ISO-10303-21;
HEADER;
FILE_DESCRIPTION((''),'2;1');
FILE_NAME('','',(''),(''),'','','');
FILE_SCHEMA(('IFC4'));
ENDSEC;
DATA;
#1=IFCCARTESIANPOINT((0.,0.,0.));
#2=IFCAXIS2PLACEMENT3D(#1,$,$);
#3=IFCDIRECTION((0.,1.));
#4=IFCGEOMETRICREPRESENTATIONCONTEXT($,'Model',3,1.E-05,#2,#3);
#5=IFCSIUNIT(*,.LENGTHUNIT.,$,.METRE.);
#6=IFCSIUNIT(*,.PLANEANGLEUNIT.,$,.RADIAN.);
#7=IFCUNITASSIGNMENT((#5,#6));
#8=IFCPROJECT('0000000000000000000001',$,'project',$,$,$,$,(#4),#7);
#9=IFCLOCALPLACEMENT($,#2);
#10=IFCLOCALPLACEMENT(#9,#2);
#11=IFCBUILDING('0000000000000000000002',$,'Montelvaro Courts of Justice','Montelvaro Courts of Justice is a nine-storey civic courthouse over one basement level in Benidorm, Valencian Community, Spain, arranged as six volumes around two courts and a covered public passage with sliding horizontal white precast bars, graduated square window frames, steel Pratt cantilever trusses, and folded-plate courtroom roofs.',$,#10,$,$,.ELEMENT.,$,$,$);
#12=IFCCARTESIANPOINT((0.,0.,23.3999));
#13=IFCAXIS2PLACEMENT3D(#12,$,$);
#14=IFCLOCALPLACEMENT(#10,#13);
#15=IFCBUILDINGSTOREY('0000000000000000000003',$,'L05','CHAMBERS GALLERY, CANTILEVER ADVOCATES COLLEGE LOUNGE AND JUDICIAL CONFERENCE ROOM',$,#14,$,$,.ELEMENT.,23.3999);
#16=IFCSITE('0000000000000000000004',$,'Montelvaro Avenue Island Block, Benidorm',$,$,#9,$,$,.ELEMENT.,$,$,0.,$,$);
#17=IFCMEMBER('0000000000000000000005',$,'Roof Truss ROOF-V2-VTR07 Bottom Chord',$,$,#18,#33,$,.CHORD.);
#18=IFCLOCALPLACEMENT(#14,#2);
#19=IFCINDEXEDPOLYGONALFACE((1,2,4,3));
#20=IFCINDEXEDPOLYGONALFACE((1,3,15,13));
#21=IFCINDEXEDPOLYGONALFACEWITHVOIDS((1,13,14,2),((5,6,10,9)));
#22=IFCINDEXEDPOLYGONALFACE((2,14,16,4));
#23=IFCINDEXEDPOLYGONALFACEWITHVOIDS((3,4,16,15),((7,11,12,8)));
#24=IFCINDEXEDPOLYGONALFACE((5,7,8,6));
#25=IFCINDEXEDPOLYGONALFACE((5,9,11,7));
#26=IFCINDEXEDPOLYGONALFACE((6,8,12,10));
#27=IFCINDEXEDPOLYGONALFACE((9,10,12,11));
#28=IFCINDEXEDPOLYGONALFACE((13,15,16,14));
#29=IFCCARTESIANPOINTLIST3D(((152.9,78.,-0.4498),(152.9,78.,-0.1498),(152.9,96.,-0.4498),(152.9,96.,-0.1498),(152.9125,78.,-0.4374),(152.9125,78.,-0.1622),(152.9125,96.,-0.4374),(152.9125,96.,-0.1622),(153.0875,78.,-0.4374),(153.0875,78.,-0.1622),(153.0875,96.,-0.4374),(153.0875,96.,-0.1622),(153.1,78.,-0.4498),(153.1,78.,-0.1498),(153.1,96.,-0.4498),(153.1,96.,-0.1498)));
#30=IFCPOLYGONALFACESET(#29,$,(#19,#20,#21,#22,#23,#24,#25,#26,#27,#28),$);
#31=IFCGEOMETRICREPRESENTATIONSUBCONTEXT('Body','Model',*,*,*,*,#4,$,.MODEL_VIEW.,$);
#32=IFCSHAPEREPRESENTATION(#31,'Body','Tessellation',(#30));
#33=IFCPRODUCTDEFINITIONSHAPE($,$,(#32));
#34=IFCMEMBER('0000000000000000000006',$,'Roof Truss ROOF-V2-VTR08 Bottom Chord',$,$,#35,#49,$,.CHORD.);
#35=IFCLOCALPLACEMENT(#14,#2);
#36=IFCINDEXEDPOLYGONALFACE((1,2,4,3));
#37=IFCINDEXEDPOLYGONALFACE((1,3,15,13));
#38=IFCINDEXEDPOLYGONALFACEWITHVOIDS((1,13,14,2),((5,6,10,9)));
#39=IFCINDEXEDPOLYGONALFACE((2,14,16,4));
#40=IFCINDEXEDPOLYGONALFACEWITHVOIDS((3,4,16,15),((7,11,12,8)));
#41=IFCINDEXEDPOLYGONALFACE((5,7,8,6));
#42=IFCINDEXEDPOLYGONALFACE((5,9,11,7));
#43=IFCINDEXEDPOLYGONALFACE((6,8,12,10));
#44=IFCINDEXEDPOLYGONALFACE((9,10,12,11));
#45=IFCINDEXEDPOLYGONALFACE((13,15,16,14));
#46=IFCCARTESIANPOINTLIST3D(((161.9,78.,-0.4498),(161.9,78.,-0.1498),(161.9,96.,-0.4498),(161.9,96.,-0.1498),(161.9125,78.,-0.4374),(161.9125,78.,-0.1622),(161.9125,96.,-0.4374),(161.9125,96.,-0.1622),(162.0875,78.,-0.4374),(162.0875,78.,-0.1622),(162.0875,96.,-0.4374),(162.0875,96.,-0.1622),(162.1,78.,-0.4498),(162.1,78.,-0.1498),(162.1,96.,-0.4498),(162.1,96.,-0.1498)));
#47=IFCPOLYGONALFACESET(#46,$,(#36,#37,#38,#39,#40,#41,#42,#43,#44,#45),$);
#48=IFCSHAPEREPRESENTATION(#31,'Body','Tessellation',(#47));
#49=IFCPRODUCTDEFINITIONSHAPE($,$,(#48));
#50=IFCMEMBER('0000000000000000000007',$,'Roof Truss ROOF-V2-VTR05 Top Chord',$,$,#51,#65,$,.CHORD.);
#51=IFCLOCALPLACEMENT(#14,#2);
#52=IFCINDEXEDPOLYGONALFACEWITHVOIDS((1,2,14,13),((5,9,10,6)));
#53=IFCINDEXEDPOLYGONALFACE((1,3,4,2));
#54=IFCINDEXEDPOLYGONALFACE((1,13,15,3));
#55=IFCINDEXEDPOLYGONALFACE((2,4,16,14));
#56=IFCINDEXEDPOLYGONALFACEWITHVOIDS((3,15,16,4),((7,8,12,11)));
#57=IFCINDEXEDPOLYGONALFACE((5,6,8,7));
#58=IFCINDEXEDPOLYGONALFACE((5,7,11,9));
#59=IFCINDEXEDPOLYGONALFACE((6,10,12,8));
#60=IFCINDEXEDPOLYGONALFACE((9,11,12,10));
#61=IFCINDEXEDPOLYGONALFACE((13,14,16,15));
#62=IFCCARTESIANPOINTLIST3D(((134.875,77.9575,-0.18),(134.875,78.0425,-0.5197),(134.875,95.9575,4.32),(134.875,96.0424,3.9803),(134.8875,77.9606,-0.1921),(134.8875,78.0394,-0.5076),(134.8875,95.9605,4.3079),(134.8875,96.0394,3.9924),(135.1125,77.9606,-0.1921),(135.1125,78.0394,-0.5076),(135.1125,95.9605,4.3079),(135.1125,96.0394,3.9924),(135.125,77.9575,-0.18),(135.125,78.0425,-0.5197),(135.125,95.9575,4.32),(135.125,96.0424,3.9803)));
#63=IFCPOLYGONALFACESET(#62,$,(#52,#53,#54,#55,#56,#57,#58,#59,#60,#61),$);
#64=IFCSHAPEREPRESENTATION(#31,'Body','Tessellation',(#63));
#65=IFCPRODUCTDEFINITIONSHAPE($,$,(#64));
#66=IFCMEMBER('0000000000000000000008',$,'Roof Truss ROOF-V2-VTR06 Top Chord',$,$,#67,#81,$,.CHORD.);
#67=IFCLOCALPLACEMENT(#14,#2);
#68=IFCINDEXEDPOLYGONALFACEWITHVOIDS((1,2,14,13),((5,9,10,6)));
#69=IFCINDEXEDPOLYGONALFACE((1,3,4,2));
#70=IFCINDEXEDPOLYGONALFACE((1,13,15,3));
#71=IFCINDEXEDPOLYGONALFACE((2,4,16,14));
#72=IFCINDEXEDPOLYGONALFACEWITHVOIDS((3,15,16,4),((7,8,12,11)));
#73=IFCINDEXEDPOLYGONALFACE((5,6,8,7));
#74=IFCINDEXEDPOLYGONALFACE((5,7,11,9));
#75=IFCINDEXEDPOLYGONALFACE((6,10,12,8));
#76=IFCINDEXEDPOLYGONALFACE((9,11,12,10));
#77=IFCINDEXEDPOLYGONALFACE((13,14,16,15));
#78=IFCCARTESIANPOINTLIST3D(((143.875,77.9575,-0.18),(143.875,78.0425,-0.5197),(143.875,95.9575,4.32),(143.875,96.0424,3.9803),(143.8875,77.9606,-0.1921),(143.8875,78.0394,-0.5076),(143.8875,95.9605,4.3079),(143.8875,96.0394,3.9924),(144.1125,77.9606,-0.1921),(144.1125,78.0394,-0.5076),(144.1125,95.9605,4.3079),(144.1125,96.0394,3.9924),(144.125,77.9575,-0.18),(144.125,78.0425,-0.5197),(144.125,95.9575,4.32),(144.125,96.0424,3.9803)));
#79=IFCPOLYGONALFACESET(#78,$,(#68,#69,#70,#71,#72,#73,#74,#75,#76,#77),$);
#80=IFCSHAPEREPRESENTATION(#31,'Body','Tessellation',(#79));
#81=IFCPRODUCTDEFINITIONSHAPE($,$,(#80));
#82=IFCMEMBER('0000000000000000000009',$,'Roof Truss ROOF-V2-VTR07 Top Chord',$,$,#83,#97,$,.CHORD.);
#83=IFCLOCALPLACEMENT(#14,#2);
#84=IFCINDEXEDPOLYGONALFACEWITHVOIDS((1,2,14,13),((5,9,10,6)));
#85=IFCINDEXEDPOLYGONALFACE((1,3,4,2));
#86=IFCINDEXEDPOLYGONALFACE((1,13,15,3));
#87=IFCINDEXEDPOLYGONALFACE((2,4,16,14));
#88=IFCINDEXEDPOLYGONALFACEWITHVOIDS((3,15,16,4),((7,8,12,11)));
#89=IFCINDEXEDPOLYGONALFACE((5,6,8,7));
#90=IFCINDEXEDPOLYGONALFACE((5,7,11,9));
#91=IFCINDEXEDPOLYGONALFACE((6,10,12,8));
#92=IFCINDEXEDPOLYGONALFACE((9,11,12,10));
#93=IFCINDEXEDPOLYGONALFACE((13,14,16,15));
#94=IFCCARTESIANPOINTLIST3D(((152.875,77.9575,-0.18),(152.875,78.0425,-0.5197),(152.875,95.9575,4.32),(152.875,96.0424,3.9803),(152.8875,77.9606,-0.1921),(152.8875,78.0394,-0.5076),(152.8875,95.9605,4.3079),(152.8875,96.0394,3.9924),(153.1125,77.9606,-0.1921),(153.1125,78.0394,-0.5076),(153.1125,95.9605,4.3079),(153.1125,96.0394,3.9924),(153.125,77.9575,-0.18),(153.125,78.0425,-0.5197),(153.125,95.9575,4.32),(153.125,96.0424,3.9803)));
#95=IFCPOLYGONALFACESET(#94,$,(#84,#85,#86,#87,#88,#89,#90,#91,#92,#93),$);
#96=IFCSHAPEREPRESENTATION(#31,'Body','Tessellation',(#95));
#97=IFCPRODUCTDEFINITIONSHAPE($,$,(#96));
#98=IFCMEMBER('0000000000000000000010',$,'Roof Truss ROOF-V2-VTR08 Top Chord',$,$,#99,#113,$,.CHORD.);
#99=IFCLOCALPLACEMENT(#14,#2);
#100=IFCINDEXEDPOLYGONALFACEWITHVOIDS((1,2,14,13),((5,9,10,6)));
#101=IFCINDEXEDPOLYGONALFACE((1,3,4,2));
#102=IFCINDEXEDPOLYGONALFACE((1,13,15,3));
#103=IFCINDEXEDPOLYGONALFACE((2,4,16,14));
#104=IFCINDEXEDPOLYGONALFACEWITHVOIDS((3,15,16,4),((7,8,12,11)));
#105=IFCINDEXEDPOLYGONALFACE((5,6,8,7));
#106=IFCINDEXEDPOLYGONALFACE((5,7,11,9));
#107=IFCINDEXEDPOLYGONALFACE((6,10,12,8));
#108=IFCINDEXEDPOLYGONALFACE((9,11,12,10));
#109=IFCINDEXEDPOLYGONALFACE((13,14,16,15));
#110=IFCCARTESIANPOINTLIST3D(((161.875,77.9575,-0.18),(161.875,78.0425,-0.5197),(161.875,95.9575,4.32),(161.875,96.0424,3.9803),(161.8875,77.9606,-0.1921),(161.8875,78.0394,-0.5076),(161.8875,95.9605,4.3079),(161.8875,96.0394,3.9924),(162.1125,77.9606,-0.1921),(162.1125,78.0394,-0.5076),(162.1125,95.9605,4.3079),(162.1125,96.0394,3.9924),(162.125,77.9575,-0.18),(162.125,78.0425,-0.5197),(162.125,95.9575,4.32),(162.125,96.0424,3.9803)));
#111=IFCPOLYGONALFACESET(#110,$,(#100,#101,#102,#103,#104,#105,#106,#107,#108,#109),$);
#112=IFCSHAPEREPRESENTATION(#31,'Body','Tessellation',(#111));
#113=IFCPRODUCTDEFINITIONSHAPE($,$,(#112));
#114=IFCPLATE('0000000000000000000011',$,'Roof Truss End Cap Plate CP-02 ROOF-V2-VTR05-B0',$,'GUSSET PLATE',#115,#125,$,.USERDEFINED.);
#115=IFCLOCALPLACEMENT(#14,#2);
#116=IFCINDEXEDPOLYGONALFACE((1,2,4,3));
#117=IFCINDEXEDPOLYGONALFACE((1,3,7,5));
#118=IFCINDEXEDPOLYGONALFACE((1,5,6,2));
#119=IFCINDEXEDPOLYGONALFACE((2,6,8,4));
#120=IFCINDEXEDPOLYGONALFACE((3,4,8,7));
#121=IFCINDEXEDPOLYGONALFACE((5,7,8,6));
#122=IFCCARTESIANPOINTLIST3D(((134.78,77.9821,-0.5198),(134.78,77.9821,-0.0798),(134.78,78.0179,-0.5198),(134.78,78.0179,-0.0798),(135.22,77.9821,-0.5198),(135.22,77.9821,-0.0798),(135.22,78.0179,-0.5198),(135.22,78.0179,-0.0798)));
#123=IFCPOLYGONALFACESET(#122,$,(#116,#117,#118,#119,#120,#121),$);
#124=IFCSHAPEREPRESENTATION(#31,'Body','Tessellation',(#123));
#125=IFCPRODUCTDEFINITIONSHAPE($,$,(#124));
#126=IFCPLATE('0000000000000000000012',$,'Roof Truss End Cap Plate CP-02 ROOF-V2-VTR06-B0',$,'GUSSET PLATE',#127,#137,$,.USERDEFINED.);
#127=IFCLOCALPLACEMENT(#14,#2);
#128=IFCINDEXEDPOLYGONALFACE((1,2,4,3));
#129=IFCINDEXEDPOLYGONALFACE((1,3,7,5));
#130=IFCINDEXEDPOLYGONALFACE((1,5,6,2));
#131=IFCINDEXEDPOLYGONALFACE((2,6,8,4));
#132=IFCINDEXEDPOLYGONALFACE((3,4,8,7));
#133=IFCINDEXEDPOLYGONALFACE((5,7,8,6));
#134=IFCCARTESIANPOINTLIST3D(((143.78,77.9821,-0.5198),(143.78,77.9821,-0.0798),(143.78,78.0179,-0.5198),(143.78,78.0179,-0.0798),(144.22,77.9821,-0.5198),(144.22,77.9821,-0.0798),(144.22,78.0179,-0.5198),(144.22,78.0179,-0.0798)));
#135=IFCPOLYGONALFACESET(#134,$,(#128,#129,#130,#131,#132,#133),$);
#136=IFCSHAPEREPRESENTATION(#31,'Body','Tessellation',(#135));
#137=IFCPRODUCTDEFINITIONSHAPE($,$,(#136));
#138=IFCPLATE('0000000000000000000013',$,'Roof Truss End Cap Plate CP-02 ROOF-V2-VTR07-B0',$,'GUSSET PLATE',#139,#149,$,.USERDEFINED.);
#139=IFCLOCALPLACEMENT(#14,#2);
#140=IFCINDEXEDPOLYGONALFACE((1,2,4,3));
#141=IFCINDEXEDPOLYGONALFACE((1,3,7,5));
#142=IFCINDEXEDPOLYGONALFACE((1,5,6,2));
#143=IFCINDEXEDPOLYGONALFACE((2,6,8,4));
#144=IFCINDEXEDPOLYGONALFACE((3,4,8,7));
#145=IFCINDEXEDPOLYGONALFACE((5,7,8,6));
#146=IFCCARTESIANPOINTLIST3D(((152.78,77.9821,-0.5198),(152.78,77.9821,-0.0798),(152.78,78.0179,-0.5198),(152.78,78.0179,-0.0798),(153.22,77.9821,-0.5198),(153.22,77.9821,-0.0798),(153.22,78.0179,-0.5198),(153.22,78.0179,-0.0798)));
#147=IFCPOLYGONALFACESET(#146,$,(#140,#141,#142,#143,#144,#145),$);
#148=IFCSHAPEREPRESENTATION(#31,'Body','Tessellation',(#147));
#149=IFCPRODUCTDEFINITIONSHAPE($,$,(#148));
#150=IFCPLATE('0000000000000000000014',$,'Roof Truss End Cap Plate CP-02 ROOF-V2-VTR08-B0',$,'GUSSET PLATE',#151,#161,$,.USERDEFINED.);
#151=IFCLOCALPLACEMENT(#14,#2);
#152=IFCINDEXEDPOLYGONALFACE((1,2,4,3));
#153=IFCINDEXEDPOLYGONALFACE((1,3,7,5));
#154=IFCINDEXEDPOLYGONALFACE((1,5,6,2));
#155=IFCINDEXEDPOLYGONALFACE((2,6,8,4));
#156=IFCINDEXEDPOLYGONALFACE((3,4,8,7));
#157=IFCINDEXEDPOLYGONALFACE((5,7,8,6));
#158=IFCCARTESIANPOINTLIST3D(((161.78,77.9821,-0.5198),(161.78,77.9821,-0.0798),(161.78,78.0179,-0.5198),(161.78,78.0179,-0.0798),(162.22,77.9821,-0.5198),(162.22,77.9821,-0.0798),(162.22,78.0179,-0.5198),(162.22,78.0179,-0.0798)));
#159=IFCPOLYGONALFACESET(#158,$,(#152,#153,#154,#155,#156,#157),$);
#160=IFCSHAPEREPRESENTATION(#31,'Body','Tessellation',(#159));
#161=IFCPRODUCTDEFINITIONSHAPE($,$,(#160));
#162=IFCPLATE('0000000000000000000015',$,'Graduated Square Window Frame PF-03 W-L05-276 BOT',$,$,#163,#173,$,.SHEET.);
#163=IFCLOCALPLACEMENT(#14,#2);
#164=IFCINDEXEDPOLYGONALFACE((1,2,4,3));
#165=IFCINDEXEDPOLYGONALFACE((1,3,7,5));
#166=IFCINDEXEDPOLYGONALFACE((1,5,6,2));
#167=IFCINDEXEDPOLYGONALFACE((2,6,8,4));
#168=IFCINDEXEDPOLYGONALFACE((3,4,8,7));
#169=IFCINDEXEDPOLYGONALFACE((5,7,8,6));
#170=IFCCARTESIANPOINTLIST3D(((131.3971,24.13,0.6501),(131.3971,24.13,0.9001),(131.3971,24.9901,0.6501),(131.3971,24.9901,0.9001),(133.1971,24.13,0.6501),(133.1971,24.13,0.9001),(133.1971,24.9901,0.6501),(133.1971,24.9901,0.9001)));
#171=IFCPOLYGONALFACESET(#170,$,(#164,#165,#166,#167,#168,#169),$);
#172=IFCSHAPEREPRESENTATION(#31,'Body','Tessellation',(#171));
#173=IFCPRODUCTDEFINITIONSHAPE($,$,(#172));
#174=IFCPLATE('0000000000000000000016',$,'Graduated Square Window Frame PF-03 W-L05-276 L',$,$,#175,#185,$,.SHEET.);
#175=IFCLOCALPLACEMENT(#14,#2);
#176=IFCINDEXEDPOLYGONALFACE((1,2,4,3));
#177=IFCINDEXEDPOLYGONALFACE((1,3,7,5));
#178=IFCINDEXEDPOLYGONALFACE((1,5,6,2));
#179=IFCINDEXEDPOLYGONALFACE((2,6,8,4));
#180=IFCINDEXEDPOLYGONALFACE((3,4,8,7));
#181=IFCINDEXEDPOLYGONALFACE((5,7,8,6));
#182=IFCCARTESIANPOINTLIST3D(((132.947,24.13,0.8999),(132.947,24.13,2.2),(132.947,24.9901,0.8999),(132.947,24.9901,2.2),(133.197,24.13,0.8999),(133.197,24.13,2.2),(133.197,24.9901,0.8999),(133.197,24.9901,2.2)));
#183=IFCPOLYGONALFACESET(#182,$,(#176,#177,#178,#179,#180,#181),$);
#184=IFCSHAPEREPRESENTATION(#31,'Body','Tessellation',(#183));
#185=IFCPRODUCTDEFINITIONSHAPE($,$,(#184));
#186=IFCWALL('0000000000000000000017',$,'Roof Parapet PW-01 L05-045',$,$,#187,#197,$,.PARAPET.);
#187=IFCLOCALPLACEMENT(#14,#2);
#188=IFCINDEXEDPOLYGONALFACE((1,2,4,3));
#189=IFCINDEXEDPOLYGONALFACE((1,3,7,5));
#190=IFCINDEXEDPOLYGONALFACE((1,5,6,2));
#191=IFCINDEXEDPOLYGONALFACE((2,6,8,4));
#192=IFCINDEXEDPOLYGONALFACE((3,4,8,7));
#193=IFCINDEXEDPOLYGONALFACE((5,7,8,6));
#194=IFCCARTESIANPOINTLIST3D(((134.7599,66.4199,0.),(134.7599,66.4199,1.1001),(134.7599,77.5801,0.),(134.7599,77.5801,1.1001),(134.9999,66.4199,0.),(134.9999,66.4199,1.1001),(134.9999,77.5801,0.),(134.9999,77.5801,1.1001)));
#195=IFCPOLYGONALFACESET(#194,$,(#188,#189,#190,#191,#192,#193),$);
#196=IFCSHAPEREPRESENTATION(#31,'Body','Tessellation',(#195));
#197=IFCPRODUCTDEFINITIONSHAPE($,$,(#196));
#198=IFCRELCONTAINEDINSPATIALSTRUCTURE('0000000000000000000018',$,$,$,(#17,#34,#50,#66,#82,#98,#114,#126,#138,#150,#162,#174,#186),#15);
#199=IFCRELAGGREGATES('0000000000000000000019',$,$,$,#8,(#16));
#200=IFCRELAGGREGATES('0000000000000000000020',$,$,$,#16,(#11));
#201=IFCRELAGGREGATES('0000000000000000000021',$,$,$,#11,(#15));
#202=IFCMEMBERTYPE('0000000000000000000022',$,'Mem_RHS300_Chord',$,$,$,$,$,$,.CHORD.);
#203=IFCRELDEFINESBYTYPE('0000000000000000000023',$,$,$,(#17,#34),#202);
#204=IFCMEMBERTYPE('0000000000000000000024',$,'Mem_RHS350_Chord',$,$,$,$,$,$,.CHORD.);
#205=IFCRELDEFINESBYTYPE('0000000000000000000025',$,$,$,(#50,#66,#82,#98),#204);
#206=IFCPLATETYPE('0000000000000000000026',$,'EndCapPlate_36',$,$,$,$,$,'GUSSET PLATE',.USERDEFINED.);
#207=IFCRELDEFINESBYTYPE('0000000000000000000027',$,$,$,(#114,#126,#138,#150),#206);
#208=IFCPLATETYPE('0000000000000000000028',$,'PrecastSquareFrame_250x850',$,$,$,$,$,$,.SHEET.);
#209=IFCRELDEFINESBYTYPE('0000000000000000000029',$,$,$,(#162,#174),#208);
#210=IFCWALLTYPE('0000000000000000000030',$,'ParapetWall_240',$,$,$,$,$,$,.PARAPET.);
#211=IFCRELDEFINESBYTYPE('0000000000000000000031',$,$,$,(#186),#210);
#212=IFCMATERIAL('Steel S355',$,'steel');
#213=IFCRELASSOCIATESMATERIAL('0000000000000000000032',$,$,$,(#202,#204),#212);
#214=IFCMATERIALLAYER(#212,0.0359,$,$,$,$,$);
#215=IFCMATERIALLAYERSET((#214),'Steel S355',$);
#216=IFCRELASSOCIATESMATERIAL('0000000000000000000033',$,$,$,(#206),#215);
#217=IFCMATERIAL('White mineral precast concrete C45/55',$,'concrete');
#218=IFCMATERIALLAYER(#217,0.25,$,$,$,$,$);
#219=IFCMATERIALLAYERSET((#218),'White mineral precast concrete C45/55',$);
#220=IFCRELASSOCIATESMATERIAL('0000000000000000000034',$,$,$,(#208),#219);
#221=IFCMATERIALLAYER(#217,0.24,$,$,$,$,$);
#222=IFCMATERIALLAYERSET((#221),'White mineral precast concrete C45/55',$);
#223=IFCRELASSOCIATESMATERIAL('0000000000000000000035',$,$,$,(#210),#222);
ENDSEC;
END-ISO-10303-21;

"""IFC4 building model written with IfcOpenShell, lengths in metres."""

from ifc_helpers import new_model, si_unit, direction, frame, frame_2d, origin, origin_2d, place, context, subcontext, project, spatial, rectangle, hollow_rectangle, extrude, material, layer, layer_set, material_profile, profile_set, type_object, element, save


model = new_model("IFC4")

# Units and contexts
model_context = context("Model", 3, precision=1e-05, world=origin(), true_north=direction((0.0, 1.0)))
body_context = subcontext(model_context, "Body", "Model", "MODEL_VIEW")
ifc_project = project(units=[si_unit("LENGTHUNIT", "METRE"), si_unit("PLANEANGLEUNIT", "RADIAN")], contexts=[model_context])

# Site, building, storey
site_placement = place(None, origin())
site = spatial("IfcSite", under=ifc_project, at=site_placement, Name="Montelvaro Avenue Island Block, Benidorm", CompositionType="ELEMENT", RefElevation=0.0)
building_placement = place(site_placement, origin())
building = spatial("IfcBuilding", under=site, at=building_placement, Name="Montelvaro Courts of Justice", Description="Montelvaro Courts of Justice is a nine-storey civic courthouse over one basement level in Benidorm, Valencian Community, Spain, arranged as six volumes around two courts and a covered public passage with sliding horizontal white precast bars, graduated square window frames, steel Pratt cantilever trusses, and folded-plate courtroom roofs.", CompositionType="ELEMENT")
storey_placement = place(building_placement, frame((0.0, 0.0, 23.3999)))
storey = spatial("IfcBuildingStorey", under=building, at=storey_placement, Name="L05", Description="CHAMBERS GALLERY, CANTILEVER ADVOCATES COLLEGE LOUNGE AND JUDICIAL CONFERENCE ROOM", CompositionType="ELEMENT", Elevation=23.3999)

# Members
ifc_material_1 = material(Name="Steel S355", Category="steel")
ifc_material_profile_1 = material_profile(ifc_material_1, hollow_rectangle(XDim=0.2, YDim=0.3, WallThickness=0.0125, at=origin_2d()), Name="RHS 300x200x12.5")
ifc_profile_set_1 = profile_set([ifc_material_profile_1], Name="Steel S355")
member_type_1 = type_object("IfcMemberType", Name="Mem_RHS300_Chord", PredefinedType="CHORD", material=ifc_profile_set_1)
for number, where, z_axis, x_axis, name in (
    (1, (153.0, 78.0, -0.2998), (0.0, 1.0, 0.0), (-1.0, 0.0, 0.0), "Roof Truss ROOF-V2-VTR07 Bottom Chord"),
    (2, (162.0, 78.0, -0.2998), (0.0, 1.0, 0.0), (-1.0, 0.0, 0.0), "Roof Truss ROOF-V2-VTR08 Bottom Chord"),
):
    element("IfcMember", number, at=place(storey_placement, frame(where, z_axis=z_axis, x_axis=x_axis)), inside=storey, type_object=member_type_1, Name=name, PredefinedType="CHORD", context=body_context, shape_type="SweptSolid", body=[
        extrude(hollow_rectangle(XDim=0.2, YDim=0.3, WallThickness=0.0125, at=origin_2d()), origin(), (0.0, 0.0, 1.0), 18.0),
    ])
ifc_material_profile_2 = material_profile(ifc_material_1, hollow_rectangle(XDim=0.25, YDim=0.3501, WallThickness=0.0125, at=origin_2d()), Name="RHS 350x250x12.5")
ifc_profile_set_2 = profile_set([ifc_material_profile_2], Name="Steel S355")
member_type_2 = type_object("IfcMemberType", Name="Mem_RHS350_Chord", PredefinedType="CHORD", material=ifc_profile_set_2)
for number, where, z_axis, x_axis, name in (
    (3, (135.0, 78.0, -0.3499), (0.0, 0.970143, 0.242536), (-1.0, 0.0, 0.0), "Roof Truss ROOF-V2-VTR05 Top Chord"),
    (4, (144.0, 78.0, -0.3499), (0.0, 0.970143, 0.242536), (-1.0, 0.0, 0.0), "Roof Truss ROOF-V2-VTR06 Top Chord"),
    (5, (153.0, 78.0, -0.3499), (0.0, 0.970143, 0.242536), (-1.0, 0.0, 0.0), "Roof Truss ROOF-V2-VTR07 Top Chord"),
    (6, (162.0, 78.0, -0.3499), (0.0, 0.970143, 0.242536), (-1.0, 0.0, 0.0), "Roof Truss ROOF-V2-VTR08 Top Chord"),
):
    element("IfcMember", number, at=place(storey_placement, frame(where, z_axis=z_axis, x_axis=x_axis)), inside=storey, type_object=member_type_2, Name=name, PredefinedType="CHORD", context=body_context, shape_type="SweptSolid", body=[
        extrude(hollow_rectangle(XDim=0.25, YDim=0.3501, WallThickness=0.0125, at=origin_2d()), origin(), (0.0, 0.0, 1.0), 18.554),
    ])

# Plates
ifc_layer_1 = layer(ifc_material_1, 0.0359)
ifc_layer_set_1 = layer_set([ifc_layer_1], Name="Steel S355")
plate_type_1 = type_object("IfcPlateType", Name="EndCapPlate_36", ElementType="GUSSET PLATE", PredefinedType="USERDEFINED", material=ifc_layer_set_1)
for number, where, z_axis, x_axis, name in (
    (7, (135.0, 78.0, -0.5198), (0.0, 0.0, 1.0), (1.0, 0.0, 0.0), "Roof Truss End Cap Plate CP-02 ROOF-V2-VTR05-B0"),
    (8, (144.0, 78.0, -0.5198), (0.0, 0.0, 1.0), (1.0, 0.0, 0.0), "Roof Truss End Cap Plate CP-02 ROOF-V2-VTR06-B0"),
    (9, (153.0, 78.0, -0.5198), (0.0, 0.0, 1.0), (1.0, 0.0, 0.0), "Roof Truss End Cap Plate CP-02 ROOF-V2-VTR07-B0"),
    (10, (162.0, 78.0, -0.5198), (0.0, 0.0, 1.0), (1.0, 0.0, 0.0), "Roof Truss End Cap Plate CP-02 ROOF-V2-VTR08-B0"),
):
    element("IfcPlate", number, at=place(storey_placement, frame(where, z_axis=z_axis, x_axis=x_axis)), inside=storey, type_object=plate_type_1, Name=name, ObjectType="GUSSET PLATE", PredefinedType="USERDEFINED", context=body_context, shape_type="SweptSolid", body=[
        extrude(rectangle(XDim=0.4399, YDim=0.0359, at=origin_2d()), origin(), (0.0, 0.0, 1.0), 0.4399),
    ])
ifc_material_2 = material(Name="White mineral precast concrete C45/55", Category="concrete")
ifc_layer_2 = layer(ifc_material_2, 0.25)
ifc_layer_set_2 = layer_set([ifc_layer_2], Name="White mineral precast concrete C45/55")
plate_type_2 = type_object("IfcPlateType", Name="PrecastSquareFrame_250x850", PredefinedType="SHEET", material=ifc_layer_set_2)
plate_1_placement = place(storey_placement, frame((132.2971, 24.5601, 0.6501), z_axis=(0.0, 0.0, 1.0), x_axis=(-1.0, 0.0, 0.0)))
element("IfcPlate", 11, at=plate_1_placement, inside=storey, type_object=plate_type_2, Name="Graduated Square Window Frame PF-03 W-L05-276 BOT", PredefinedType="SHEET", context=body_context, shape_type="SweptSolid", body=[
    extrude(rectangle(XDim=1.8, YDim=0.8601, at=origin_2d()), origin(), (0.0, 0.0, 1.0), 0.25),
])
plate_2_placement = place(storey_placement, frame((133.072, 24.5601, 0.8999), z_axis=(0.0, 0.0, 1.0), x_axis=(-1.0, 0.0, 0.0)))
element("IfcPlate", 12, at=plate_2_placement, inside=storey, type_object=plate_type_2, Name="Graduated Square Window Frame PF-03 W-L05-276 L", PredefinedType="SHEET", context=body_context, shape_type="SweptSolid", body=[
    extrude(rectangle(XDim=0.25, YDim=0.8601, at=origin_2d()), origin(), (0.0, 0.0, 1.0), 1.3),
])

# Wall
ifc_layer_3 = layer(ifc_material_2, 0.24)
ifc_layer_set_3 = layer_set([ifc_layer_3], Name="White mineral precast concrete C45/55")
wall_type = type_object("IfcWallType", Name="ParapetWall_240", PredefinedType="PARAPET", material=ifc_layer_set_3)
wall_placement = place(storey_placement, frame((134.8799, 66.4199, 0.0), z_axis=(0.0, 0.0, 1.0), x_axis=(0.0, 1.0, 0.0)))
element("IfcWall", 13, at=wall_placement, inside=storey, type_object=wall_type, Name="Roof Parapet PW-01 L05-045", PredefinedType="PARAPET", context=body_context, shape_type="SweptSolid", body=[
    extrude(rectangle(XDim=11.1602, YDim=0.24, at=frame_2d((5.5801, 0.0))), origin(), (0.0, 0.0, 1.0), 1.1001),
])

save(model, "model.ifc")
